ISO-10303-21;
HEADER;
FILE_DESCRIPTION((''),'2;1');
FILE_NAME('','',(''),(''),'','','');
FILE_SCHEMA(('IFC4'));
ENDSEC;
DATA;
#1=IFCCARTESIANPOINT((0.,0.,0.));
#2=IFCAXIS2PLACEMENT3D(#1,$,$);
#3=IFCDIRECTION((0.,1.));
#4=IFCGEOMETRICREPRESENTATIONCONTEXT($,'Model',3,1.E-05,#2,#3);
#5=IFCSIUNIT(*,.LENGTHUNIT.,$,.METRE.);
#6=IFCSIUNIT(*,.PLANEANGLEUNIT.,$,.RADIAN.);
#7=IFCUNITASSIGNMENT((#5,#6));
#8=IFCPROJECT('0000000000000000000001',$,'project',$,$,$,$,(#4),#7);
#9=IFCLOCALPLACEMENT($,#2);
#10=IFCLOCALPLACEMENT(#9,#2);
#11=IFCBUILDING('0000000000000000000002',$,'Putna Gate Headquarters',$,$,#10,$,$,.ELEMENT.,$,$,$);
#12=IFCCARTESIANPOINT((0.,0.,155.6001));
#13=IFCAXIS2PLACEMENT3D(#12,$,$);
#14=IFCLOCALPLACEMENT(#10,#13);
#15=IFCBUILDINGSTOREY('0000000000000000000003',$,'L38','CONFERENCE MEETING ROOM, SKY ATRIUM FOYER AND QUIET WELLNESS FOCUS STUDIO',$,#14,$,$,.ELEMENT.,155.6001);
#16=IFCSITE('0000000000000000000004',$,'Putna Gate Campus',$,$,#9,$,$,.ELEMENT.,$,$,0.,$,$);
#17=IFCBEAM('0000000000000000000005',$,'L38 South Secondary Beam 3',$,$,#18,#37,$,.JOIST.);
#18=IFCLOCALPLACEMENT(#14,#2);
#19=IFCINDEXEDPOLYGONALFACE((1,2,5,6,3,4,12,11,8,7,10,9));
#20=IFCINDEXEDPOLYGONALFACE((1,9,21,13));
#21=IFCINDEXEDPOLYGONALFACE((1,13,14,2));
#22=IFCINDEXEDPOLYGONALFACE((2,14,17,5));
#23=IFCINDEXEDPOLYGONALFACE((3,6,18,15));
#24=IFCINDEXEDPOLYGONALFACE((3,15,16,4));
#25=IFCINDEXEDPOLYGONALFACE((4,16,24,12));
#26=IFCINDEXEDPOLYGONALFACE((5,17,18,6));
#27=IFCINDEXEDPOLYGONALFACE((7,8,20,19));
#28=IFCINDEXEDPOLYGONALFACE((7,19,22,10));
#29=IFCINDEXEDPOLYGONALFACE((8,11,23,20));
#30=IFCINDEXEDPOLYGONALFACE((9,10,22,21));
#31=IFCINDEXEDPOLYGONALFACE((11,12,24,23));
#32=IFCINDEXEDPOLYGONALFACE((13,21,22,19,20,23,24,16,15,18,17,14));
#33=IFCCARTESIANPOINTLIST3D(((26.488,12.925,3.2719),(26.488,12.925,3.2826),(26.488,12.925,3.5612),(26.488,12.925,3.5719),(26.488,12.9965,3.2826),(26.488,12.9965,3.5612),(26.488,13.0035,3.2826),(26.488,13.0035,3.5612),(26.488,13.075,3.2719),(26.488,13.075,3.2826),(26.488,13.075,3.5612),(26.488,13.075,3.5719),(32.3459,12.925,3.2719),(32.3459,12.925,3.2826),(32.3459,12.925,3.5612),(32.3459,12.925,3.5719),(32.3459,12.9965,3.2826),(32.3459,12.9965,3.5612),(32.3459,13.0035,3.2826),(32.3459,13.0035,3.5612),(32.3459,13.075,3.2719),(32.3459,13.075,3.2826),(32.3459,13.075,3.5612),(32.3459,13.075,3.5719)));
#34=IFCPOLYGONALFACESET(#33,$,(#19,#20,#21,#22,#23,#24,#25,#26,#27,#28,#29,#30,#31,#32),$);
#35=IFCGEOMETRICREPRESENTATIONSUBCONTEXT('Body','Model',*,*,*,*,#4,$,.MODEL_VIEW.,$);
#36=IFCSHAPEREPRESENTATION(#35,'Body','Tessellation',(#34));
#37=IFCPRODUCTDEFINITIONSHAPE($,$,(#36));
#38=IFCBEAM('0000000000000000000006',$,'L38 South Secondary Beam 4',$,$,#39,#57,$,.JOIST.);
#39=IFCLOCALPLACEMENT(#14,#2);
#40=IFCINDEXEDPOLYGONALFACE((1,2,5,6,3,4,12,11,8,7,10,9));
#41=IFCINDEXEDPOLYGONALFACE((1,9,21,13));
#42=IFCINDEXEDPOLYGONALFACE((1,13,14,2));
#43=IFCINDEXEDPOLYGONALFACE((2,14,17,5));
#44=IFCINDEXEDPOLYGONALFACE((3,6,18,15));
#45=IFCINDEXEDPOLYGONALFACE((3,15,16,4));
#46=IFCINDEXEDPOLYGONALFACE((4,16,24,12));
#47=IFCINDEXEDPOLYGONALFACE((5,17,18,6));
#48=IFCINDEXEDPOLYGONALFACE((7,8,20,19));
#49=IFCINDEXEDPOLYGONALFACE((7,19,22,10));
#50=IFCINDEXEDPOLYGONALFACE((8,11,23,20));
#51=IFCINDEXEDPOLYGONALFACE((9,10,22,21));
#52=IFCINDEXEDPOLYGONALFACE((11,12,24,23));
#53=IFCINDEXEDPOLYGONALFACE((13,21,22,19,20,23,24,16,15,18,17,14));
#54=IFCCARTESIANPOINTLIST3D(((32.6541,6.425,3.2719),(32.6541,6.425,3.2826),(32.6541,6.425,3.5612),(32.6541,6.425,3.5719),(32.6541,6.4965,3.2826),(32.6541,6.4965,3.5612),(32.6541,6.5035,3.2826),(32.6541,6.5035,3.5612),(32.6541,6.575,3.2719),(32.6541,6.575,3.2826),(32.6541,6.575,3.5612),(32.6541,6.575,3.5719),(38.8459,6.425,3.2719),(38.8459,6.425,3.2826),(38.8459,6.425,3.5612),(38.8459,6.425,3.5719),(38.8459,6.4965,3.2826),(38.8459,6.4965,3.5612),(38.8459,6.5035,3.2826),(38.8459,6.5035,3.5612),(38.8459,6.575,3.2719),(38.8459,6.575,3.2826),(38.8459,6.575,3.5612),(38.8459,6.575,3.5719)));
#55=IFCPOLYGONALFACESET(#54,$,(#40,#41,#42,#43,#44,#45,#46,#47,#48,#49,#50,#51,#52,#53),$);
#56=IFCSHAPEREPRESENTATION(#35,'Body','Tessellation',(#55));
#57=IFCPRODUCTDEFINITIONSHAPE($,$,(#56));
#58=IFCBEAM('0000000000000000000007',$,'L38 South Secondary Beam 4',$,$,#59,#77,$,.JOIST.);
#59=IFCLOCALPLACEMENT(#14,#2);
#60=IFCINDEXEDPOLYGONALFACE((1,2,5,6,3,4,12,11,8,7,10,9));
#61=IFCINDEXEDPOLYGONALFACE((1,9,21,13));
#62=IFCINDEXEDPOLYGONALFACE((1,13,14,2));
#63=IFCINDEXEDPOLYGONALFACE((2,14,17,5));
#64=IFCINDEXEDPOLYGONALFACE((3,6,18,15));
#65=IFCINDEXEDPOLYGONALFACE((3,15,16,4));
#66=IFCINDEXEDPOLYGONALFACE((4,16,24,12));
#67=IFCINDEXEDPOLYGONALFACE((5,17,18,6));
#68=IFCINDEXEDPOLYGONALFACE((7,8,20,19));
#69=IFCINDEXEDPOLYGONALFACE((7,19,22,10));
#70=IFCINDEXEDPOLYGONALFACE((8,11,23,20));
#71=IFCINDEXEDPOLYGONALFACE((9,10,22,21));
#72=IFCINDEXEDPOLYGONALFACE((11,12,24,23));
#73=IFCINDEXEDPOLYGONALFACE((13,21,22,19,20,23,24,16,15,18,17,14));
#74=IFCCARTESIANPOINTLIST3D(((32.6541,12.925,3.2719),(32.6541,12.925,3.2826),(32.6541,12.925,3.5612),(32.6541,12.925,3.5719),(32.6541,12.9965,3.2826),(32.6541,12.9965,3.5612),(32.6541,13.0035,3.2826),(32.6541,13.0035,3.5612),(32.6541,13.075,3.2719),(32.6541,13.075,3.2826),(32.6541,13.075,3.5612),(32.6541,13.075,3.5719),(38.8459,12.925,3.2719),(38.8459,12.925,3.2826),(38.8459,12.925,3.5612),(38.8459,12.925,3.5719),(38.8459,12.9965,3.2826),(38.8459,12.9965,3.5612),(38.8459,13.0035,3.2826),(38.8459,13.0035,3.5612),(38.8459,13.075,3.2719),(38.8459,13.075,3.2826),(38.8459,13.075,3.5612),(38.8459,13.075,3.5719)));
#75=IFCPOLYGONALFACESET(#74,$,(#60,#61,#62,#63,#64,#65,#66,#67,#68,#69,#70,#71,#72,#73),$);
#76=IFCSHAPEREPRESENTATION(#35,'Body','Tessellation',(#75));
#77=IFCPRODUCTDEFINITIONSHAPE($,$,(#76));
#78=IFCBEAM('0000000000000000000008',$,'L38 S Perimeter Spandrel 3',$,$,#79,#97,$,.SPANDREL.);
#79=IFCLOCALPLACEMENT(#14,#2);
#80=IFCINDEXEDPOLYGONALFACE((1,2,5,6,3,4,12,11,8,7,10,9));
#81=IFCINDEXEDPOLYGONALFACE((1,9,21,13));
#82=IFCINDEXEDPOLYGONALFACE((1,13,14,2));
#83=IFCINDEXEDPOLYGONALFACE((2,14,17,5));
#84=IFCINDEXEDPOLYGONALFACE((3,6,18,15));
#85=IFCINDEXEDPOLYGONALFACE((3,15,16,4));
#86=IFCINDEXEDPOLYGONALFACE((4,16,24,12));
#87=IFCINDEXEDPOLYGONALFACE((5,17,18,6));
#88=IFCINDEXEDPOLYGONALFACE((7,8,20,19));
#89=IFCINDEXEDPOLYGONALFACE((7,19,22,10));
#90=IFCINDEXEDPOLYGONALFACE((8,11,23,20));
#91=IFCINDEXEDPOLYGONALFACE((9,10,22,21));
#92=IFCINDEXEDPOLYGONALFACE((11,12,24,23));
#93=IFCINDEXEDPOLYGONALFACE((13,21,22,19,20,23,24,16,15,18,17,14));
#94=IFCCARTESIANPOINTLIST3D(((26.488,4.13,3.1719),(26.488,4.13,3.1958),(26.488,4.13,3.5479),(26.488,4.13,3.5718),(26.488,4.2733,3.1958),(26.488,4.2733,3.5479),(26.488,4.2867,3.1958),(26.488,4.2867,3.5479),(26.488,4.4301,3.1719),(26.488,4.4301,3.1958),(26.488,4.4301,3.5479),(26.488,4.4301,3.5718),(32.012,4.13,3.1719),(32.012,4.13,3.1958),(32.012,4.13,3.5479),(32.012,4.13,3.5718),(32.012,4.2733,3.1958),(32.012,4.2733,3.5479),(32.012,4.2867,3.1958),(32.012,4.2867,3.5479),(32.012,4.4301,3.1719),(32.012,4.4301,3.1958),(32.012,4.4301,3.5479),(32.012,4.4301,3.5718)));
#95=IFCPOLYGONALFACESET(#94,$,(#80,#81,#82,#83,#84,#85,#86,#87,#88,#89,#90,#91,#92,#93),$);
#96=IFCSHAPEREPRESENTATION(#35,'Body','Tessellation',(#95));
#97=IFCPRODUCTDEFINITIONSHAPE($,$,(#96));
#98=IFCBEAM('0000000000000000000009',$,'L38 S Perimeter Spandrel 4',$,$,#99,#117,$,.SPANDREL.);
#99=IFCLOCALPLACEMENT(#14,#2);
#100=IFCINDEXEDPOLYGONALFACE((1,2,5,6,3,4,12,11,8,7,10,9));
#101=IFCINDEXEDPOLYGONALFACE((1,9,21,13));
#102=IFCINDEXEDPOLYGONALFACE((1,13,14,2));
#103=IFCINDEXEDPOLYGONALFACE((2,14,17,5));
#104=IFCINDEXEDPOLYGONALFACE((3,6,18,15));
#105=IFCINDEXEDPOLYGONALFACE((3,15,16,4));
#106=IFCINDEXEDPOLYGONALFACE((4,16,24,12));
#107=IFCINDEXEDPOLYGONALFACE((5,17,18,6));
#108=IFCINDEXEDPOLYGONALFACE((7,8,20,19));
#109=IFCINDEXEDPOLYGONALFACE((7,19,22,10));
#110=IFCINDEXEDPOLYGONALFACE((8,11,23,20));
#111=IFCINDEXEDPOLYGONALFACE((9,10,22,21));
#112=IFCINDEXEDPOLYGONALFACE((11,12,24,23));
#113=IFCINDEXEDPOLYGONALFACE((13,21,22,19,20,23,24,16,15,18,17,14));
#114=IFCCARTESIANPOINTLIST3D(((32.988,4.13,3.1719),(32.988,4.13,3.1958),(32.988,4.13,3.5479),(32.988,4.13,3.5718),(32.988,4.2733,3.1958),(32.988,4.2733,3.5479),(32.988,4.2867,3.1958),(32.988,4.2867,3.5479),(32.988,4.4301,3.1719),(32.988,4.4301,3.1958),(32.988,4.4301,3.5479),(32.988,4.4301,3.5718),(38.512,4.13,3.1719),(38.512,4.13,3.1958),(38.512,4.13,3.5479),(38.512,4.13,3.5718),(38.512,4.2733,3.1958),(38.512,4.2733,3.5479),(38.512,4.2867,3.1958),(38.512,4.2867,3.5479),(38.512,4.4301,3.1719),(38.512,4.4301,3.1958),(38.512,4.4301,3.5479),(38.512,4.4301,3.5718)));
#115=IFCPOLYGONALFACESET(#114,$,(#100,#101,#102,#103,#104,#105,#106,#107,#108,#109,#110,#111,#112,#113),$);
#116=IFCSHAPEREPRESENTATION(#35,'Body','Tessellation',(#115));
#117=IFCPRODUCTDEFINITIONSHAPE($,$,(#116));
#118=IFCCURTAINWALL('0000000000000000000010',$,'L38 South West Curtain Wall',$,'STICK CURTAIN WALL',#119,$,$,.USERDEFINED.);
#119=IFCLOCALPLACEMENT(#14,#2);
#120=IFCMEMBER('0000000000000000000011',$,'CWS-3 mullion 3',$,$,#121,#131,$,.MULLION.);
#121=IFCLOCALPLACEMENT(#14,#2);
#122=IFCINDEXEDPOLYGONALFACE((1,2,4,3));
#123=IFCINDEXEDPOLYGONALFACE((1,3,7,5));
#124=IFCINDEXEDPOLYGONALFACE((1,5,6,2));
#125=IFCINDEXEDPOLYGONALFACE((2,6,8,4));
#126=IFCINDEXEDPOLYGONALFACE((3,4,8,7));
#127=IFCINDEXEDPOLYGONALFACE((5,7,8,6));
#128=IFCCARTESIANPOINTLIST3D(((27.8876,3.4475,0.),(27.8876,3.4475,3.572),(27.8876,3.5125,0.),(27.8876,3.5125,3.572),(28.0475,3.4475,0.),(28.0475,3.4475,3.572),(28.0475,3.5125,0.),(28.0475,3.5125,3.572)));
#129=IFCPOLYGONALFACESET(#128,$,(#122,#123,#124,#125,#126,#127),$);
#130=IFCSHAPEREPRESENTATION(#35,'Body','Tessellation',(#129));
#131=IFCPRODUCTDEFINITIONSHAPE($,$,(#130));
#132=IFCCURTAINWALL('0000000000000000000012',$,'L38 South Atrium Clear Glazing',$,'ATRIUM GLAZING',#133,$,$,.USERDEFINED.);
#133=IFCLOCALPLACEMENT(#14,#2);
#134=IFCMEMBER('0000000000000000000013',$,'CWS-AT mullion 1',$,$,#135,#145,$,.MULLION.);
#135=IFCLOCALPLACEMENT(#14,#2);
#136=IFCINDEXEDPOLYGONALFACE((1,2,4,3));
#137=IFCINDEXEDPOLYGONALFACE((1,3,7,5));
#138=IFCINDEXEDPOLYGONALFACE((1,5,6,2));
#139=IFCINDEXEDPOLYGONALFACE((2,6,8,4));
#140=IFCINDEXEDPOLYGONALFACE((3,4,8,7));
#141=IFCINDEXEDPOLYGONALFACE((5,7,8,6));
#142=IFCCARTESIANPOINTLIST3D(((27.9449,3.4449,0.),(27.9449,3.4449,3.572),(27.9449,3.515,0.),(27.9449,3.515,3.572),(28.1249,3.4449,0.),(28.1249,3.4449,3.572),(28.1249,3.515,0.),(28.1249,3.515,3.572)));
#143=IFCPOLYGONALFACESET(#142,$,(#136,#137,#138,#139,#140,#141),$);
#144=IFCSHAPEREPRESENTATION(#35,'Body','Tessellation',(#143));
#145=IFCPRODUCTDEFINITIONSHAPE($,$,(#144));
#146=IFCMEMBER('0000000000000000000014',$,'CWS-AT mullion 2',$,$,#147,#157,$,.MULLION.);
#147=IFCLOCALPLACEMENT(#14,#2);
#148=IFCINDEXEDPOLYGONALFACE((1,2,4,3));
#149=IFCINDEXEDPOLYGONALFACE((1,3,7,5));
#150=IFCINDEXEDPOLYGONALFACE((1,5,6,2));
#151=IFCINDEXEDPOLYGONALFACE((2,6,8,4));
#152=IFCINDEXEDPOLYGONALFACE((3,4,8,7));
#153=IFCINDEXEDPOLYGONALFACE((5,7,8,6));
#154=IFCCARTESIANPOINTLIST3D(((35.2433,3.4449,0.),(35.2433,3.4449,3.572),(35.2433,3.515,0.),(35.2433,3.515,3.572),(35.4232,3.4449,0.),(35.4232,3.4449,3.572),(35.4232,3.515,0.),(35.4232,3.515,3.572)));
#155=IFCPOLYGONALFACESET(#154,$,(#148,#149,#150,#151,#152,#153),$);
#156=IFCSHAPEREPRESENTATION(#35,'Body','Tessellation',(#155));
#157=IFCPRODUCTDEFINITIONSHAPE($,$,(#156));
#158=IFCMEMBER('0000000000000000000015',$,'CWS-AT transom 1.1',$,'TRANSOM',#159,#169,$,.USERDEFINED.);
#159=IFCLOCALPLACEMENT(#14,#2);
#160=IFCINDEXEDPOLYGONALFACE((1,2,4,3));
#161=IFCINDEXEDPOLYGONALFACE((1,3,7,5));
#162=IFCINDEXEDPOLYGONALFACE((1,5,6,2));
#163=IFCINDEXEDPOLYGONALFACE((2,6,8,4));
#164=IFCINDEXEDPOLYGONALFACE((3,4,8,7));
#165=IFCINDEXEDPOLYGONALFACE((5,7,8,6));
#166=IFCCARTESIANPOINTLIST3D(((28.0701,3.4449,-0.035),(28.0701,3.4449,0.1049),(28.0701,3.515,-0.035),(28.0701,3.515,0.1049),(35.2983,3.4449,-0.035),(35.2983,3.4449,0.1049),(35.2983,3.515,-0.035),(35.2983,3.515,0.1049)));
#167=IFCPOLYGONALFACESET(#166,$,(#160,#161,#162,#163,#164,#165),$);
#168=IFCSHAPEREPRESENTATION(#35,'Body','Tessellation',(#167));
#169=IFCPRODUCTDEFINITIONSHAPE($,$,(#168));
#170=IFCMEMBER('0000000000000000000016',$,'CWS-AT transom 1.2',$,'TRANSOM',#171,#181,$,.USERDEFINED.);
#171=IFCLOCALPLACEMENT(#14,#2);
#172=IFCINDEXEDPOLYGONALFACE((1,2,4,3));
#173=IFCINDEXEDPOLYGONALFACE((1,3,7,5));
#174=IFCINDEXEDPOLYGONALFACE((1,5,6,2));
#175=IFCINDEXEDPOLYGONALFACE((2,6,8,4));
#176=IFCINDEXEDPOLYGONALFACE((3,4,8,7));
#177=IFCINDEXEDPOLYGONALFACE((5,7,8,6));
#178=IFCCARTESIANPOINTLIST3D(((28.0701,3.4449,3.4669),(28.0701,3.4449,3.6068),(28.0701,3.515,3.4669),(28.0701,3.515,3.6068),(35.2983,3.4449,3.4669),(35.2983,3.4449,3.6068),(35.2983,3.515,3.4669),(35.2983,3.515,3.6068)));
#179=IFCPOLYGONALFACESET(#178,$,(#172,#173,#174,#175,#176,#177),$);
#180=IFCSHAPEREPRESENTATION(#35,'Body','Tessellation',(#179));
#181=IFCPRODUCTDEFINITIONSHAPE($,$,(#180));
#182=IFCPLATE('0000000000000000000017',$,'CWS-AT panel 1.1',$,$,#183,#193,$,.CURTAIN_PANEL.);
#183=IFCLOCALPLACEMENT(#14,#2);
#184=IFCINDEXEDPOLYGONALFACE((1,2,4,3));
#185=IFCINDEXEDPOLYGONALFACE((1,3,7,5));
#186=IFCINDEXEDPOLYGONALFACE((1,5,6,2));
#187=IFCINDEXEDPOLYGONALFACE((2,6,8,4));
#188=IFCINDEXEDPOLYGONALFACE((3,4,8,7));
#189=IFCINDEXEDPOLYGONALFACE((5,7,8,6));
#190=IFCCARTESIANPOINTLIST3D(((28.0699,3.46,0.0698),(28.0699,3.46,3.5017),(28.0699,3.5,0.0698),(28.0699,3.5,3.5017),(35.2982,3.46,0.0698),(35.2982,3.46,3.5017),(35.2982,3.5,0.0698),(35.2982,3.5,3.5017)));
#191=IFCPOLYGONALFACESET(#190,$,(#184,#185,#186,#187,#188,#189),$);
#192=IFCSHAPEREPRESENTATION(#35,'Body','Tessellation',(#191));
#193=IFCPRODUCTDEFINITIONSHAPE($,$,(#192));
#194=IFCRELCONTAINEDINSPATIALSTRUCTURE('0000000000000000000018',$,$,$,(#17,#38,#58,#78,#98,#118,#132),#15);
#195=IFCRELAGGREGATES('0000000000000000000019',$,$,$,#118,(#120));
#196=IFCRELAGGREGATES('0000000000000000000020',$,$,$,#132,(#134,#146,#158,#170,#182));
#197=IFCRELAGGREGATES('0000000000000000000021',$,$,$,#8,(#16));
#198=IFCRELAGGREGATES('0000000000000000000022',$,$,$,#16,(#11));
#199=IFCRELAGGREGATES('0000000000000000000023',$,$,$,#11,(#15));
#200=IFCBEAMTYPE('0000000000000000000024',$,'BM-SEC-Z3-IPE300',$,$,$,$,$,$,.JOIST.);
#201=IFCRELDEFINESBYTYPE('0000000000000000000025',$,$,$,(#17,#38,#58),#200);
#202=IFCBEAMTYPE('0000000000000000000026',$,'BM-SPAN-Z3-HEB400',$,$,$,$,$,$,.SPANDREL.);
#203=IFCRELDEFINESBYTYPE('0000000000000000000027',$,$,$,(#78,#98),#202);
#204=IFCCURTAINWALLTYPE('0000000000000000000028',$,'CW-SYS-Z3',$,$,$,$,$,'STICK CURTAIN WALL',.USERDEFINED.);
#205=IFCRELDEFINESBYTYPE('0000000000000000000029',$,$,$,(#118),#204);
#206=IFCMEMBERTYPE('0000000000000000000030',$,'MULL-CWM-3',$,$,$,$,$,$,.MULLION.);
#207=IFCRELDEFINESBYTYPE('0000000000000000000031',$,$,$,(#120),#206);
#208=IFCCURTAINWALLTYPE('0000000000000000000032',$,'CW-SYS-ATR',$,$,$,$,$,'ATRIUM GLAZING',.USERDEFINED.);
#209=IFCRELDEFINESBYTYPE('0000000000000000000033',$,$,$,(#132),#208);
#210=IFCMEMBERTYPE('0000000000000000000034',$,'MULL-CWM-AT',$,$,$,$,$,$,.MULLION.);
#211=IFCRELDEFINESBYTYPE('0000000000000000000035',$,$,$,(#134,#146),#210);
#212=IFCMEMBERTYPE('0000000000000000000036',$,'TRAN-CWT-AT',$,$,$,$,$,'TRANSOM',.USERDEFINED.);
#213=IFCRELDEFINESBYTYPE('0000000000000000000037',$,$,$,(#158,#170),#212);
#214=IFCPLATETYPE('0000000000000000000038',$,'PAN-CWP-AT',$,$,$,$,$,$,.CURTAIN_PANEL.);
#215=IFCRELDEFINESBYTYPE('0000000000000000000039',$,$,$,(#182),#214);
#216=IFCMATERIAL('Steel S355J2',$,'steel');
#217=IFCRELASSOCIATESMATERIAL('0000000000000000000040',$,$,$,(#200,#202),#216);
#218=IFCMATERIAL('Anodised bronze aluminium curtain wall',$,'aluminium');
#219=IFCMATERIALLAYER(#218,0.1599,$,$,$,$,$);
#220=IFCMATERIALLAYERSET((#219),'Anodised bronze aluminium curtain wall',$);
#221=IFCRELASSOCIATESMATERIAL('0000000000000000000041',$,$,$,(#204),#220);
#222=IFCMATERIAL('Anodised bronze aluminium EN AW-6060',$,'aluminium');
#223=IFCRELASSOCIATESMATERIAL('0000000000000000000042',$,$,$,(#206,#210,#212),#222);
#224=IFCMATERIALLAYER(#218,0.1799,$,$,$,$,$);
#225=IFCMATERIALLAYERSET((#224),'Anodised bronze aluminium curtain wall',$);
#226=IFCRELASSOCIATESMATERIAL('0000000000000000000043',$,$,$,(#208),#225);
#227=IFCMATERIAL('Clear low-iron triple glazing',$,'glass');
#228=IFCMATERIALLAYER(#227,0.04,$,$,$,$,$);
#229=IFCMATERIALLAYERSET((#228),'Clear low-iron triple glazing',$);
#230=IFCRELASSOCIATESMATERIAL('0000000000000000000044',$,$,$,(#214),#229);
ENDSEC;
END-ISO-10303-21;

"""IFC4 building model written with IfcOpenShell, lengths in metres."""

from ifc_helpers import new_model, si_unit, direction, frame, origin, origin_2d, place, context, subcontext, project, spatial, rectangle, i_section, extrude, material, layer, layer_set, material_profile, profile_set, type_object, element, aggregate, save


model = new_model("IFC4")

# Units and contexts
model_context = context("Model", 3, precision=1e-05, world=origin(), true_north=direction((0.0, 1.0)))
body_context = subcontext(model_context, "Body", "Model", "MODEL_VIEW")
ifc_project = project(units=[si_unit("LENGTHUNIT", "METRE"), si_unit("PLANEANGLEUNIT", "RADIAN")], contexts=[model_context])

# Site, building, storey
site_placement = place(None, origin())
site = spatial("IfcSite", under=ifc_project, at=site_placement, Name="Putna Gate Campus", CompositionType="ELEMENT", RefElevation=0.0)
building_placement = place(site_placement, origin())
building = spatial("IfcBuilding", under=site, at=building_placement, Name="Putna Gate Headquarters", CompositionType="ELEMENT")
storey_placement = place(building_placement, frame((0.0, 0.0, 155.6001)))
storey = spatial("IfcBuildingStorey", under=building, at=storey_placement, Name="L38", Description="CONFERENCE MEETING ROOM, SKY ATRIUM FOYER AND QUIET WELLNESS FOCUS STUDIO", CompositionType="ELEMENT", Elevation=155.6001)

# Beams
ifc_material_1 = material(Name="Steel S355J2", Category="steel")
ifc_material_profile_1 = material_profile(ifc_material_1, i_section(OverallWidth=0.1499, OverallDepth=0.3, WebThickness=0.0071, FlangeThickness=0.0107, at=origin_2d()), Name="Steel S355J2")
ifc_profile_set_1 = profile_set([ifc_material_profile_1], Name="Steel S355J2")
beam_type_1 = type_object("IfcBeamType", Name="BM-SEC-Z3-IPE300", PredefinedType="JOIST", material=ifc_profile_set_1)
beam_1_placement = place(storey_placement, frame((26.488, 13.0, 3.4219), z_axis=(1.0, 0.0, 0.0), x_axis=(0.0, 1.0, 0.0)))
element("IfcBeam", 1, at=beam_1_placement, inside=storey, type_object=beam_type_1, Name="L38 South Secondary Beam 3", PredefinedType="JOIST", context=body_context, shape_type="SweptSolid", body=[
    extrude(i_section(OverallWidth=0.1499, OverallDepth=0.3, WebThickness=0.0071, FlangeThickness=0.0107, at=origin_2d()), origin(), (0.0, 0.0, 1.0), 5.8579),
])
for number, where, z_axis, x_axis, name in (
    (2, (32.6541, 6.5, 3.4219), (1.0, 0.0, 0.0), (0.0, 1.0, 0.0), "L38 South Secondary Beam 4"),
    (3, (32.6541, 13.0, 3.4219), (1.0, 0.0, 0.0), (0.0, 1.0, 0.0), "L38 South Secondary Beam 4"),
):
    element("IfcBeam", number, at=place(storey_placement, frame(where, z_axis=z_axis, x_axis=x_axis)), inside=storey, type_object=beam_type_1, Name=name, PredefinedType="JOIST", context=body_context, shape_type="SweptSolid", body=[
        extrude(i_section(OverallWidth=0.1499, OverallDepth=0.3, WebThickness=0.0071, FlangeThickness=0.0107, at=origin_2d()), origin(), (0.0, 0.0, 1.0), 6.1919),
    ])
ifc_material_profile_2 = material_profile(ifc_material_1, i_section(OverallWidth=0.3, OverallDepth=0.3999, WebThickness=0.0134, FlangeThickness=0.0239, at=origin_2d()), Name="Steel S355J2")
ifc_profile_set_2 = profile_set([ifc_material_profile_2], Name="Steel S355J2")
beam_type_2 = type_object("IfcBeamType", Name="BM-SPAN-Z3-HEB400", PredefinedType="SPANDREL", material=ifc_profile_set_2)
for number, where, z_axis, x_axis, name in (
    (4, (26.488, 4.28, 3.3718), (1.0, 0.0, 0.0), (0.0, 1.0, 0.0), "L38 S Perimeter Spandrel 3"),
    (5, (32.988, 4.28, 3.3718), (1.0, 0.0, 0.0), (0.0, 1.0, 0.0), "L38 S Perimeter Spandrel 4"),
):
    element("IfcBeam", number, at=place(storey_placement, frame(where, z_axis=z_axis, x_axis=x_axis)), inside=storey, type_object=beam_type_2, Name=name, PredefinedType="SPANDREL", context=body_context, shape_type="SweptSolid", body=[
        extrude(i_section(OverallWidth=0.3, OverallDepth=0.3999, WebThickness=0.0134, FlangeThickness=0.0239, at=origin_2d()), origin(), (0.0, 0.0, 1.0), 5.5239),
    ])

# Curtain wall, member
ifc_material_2 = material(Name="Anodised bronze aluminium curtain wall", Category="aluminium")
ifc_layer_1 = layer(ifc_material_2, 0.1599)
ifc_layer_set_1 = layer_set([ifc_layer_1], Name="Anodised bronze aluminium curtain wall")
curtain_wall_type_1 = type_object("IfcCurtainWallType", Name="CW-SYS-Z3", ElementType="STICK CURTAIN WALL", PredefinedType="USERDEFINED", material=ifc_layer_set_1)
curtain_wall_1_placement = place(storey_placement, origin())
curtain_wall_1 = element("IfcCurtainWall", 6, at=curtain_wall_1_placement, inside=storey, type_object=curtain_wall_type_1, Name="L38 South West Curtain Wall", ObjectType="STICK CURTAIN WALL", PredefinedType="USERDEFINED")
ifc_material_3 = material(Name="Anodised bronze aluminium EN AW-6060", Category="aluminium")
ifc_material_profile_3 = material_profile(ifc_material_3, rectangle(XDim=0.0649, YDim=0.1599, at=origin_2d()), Name="Anodised bronze aluminium EN AW-6060")
ifc_profile_set_3 = profile_set([ifc_material_profile_3], Name="Anodised bronze aluminium EN AW-6060")
member_type_1 = type_object("IfcMemberType", Name="MULL-CWM-3", PredefinedType="MULLION", material=ifc_profile_set_3)
member_1_placement = place(storey_placement, frame((27.9675, 3.48, 0.0), z_axis=(0.0, 0.0, 1.0), x_axis=(0.0, 1.0, 0.0)))
member_1 = element("IfcMember", 7, at=member_1_placement, type_object=member_type_1, Name="CWS-3 mullion 3", PredefinedType="MULLION", context=body_context, shape_type="SweptSolid", body=[
    extrude(rectangle(XDim=0.0649, YDim=0.1599, at=origin_2d()), origin(), (0.0, 0.0, 1.0), 3.572),
])
aggregate(curtain_wall_1, [member_1])

# Curtain wall, members, plate
ifc_layer_2 = layer(ifc_material_2, 0.1799)
ifc_layer_set_2 = layer_set([ifc_layer_2], Name="Anodised bronze aluminium curtain wall")
curtain_wall_type_2 = type_object("IfcCurtainWallType", Name="CW-SYS-ATR", ElementType="ATRIUM GLAZING", PredefinedType="USERDEFINED", material=ifc_layer_set_2)
curtain_wall_2_placement = place(storey_placement, origin())
curtain_wall_2 = element("IfcCurtainWall", 8, at=curtain_wall_2_placement, inside=storey, type_object=curtain_wall_type_2, Name="L38 South Atrium Clear Glazing", ObjectType="ATRIUM GLAZING", PredefinedType="USERDEFINED")
ifc_material_profile_4 = material_profile(ifc_material_3, rectangle(XDim=0.0701, YDim=0.1799, at=origin_2d()), Name="Anodised bronze aluminium EN AW-6060")
ifc_profile_set_4 = profile_set([ifc_material_profile_4], Name="Anodised bronze aluminium EN AW-6060")
member_type_2 = type_object("IfcMemberType", Name="MULL-CWM-AT", PredefinedType="MULLION", material=ifc_profile_set_4)
member_2_placement = place(storey_placement, frame((28.0349, 3.48, 0.0), z_axis=(0.0, 0.0, 1.0), x_axis=(0.0, 1.0, 0.0)))
member_2 = element("IfcMember", 9, at=member_2_placement, type_object=member_type_2, Name="CWS-AT mullion 1", PredefinedType="MULLION", context=body_context, shape_type="SweptSolid", body=[
    extrude(rectangle(XDim=0.0701, YDim=0.1799, at=origin_2d()), origin(), (0.0, 0.0, 1.0), 3.572),
])
member_3_placement = place(storey_placement, frame((35.3333, 3.48, 0.0), z_axis=(0.0, 0.0, 1.0), x_axis=(0.0, 1.0, 0.0)))
member_3 = element("IfcMember", 10, at=member_3_placement, type_object=member_type_2, Name="CWS-AT mullion 2", PredefinedType="MULLION", context=body_context, shape_type="SweptSolid", body=[
    extrude(rectangle(XDim=0.0701, YDim=0.1799, at=origin_2d()), origin(), (0.0, 0.0, 1.0), 3.572),
])
ifc_material_profile_5 = material_profile(ifc_material_3, rectangle(XDim=0.0701, YDim=0.1399, at=origin_2d()), Name="Anodised bronze aluminium EN AW-6060")
ifc_profile_set_5 = profile_set([ifc_material_profile_5], Name="Anodised bronze aluminium EN AW-6060")
member_type_3 = type_object("IfcMemberType", Name="TRAN-CWT-AT", ElementType="TRANSOM", PredefinedType="USERDEFINED", material=ifc_profile_set_5)
member_4_placement = place(storey_placement, frame((28.0701, 3.48, 0.0349), z_axis=(1.0, 0.0, 0.0), x_axis=(0.0, 1.0, 0.0)))
member_4 = element("IfcMember", 11, at=member_4_placement, type_object=member_type_3, Name="CWS-AT transom 1.1", ObjectType="TRANSOM", PredefinedType="USERDEFINED", context=body_context, shape_type="SweptSolid", body=[
    extrude(rectangle(XDim=0.0701, YDim=0.1399, at=origin_2d()), origin(), (0.0, 0.0, 1.0), 7.2283),
])
member_5_placement = place(storey_placement, frame((28.0701, 3.48, 3.5369), z_axis=(1.0, 0.0, 0.0), x_axis=(0.0, 1.0, 0.0)))
member_5 = element("IfcMember", 12, at=member_5_placement, type_object=member_type_3, Name="CWS-AT transom 1.2", ObjectType="TRANSOM", PredefinedType="USERDEFINED", context=body_context, shape_type="SweptSolid", body=[
    extrude(rectangle(XDim=0.0701, YDim=0.1399, at=origin_2d()), origin(), (0.0, 0.0, 1.0), 7.2283),
])
ifc_material_4 = material(Name="Clear low-iron triple glazing", Category="glass")
ifc_layer_3 = layer(ifc_material_4, 0.04)
ifc_layer_set_3 = layer_set([ifc_layer_3], Name="Clear low-iron triple glazing")
plate_type = type_object("IfcPlateType", Name="PAN-CWP-AT", PredefinedType="CURTAIN_PANEL", material=ifc_layer_set_3)
plate_placement = place(storey_placement, frame((31.6841, 3.48, 0.0698), z_axis=(0.0, 0.0, 1.0), x_axis=(1.0, 0.0, 0.0)))
plate = element("IfcPlate", 13, at=plate_placement, type_object=plate_type, Name="CWS-AT panel 1.1", PredefinedType="CURTAIN_PANEL", context=body_context, shape_type="SweptSolid", body=[
    extrude(rectangle(XDim=7.2283, YDim=0.04, at=origin_2d()), origin(), (0.0, 0.0, 1.0), 3.4319),
])
aggregate(curtain_wall_2, [member_2, member_3, member_4, member_5, plate])

save(model, "model.ifc")
